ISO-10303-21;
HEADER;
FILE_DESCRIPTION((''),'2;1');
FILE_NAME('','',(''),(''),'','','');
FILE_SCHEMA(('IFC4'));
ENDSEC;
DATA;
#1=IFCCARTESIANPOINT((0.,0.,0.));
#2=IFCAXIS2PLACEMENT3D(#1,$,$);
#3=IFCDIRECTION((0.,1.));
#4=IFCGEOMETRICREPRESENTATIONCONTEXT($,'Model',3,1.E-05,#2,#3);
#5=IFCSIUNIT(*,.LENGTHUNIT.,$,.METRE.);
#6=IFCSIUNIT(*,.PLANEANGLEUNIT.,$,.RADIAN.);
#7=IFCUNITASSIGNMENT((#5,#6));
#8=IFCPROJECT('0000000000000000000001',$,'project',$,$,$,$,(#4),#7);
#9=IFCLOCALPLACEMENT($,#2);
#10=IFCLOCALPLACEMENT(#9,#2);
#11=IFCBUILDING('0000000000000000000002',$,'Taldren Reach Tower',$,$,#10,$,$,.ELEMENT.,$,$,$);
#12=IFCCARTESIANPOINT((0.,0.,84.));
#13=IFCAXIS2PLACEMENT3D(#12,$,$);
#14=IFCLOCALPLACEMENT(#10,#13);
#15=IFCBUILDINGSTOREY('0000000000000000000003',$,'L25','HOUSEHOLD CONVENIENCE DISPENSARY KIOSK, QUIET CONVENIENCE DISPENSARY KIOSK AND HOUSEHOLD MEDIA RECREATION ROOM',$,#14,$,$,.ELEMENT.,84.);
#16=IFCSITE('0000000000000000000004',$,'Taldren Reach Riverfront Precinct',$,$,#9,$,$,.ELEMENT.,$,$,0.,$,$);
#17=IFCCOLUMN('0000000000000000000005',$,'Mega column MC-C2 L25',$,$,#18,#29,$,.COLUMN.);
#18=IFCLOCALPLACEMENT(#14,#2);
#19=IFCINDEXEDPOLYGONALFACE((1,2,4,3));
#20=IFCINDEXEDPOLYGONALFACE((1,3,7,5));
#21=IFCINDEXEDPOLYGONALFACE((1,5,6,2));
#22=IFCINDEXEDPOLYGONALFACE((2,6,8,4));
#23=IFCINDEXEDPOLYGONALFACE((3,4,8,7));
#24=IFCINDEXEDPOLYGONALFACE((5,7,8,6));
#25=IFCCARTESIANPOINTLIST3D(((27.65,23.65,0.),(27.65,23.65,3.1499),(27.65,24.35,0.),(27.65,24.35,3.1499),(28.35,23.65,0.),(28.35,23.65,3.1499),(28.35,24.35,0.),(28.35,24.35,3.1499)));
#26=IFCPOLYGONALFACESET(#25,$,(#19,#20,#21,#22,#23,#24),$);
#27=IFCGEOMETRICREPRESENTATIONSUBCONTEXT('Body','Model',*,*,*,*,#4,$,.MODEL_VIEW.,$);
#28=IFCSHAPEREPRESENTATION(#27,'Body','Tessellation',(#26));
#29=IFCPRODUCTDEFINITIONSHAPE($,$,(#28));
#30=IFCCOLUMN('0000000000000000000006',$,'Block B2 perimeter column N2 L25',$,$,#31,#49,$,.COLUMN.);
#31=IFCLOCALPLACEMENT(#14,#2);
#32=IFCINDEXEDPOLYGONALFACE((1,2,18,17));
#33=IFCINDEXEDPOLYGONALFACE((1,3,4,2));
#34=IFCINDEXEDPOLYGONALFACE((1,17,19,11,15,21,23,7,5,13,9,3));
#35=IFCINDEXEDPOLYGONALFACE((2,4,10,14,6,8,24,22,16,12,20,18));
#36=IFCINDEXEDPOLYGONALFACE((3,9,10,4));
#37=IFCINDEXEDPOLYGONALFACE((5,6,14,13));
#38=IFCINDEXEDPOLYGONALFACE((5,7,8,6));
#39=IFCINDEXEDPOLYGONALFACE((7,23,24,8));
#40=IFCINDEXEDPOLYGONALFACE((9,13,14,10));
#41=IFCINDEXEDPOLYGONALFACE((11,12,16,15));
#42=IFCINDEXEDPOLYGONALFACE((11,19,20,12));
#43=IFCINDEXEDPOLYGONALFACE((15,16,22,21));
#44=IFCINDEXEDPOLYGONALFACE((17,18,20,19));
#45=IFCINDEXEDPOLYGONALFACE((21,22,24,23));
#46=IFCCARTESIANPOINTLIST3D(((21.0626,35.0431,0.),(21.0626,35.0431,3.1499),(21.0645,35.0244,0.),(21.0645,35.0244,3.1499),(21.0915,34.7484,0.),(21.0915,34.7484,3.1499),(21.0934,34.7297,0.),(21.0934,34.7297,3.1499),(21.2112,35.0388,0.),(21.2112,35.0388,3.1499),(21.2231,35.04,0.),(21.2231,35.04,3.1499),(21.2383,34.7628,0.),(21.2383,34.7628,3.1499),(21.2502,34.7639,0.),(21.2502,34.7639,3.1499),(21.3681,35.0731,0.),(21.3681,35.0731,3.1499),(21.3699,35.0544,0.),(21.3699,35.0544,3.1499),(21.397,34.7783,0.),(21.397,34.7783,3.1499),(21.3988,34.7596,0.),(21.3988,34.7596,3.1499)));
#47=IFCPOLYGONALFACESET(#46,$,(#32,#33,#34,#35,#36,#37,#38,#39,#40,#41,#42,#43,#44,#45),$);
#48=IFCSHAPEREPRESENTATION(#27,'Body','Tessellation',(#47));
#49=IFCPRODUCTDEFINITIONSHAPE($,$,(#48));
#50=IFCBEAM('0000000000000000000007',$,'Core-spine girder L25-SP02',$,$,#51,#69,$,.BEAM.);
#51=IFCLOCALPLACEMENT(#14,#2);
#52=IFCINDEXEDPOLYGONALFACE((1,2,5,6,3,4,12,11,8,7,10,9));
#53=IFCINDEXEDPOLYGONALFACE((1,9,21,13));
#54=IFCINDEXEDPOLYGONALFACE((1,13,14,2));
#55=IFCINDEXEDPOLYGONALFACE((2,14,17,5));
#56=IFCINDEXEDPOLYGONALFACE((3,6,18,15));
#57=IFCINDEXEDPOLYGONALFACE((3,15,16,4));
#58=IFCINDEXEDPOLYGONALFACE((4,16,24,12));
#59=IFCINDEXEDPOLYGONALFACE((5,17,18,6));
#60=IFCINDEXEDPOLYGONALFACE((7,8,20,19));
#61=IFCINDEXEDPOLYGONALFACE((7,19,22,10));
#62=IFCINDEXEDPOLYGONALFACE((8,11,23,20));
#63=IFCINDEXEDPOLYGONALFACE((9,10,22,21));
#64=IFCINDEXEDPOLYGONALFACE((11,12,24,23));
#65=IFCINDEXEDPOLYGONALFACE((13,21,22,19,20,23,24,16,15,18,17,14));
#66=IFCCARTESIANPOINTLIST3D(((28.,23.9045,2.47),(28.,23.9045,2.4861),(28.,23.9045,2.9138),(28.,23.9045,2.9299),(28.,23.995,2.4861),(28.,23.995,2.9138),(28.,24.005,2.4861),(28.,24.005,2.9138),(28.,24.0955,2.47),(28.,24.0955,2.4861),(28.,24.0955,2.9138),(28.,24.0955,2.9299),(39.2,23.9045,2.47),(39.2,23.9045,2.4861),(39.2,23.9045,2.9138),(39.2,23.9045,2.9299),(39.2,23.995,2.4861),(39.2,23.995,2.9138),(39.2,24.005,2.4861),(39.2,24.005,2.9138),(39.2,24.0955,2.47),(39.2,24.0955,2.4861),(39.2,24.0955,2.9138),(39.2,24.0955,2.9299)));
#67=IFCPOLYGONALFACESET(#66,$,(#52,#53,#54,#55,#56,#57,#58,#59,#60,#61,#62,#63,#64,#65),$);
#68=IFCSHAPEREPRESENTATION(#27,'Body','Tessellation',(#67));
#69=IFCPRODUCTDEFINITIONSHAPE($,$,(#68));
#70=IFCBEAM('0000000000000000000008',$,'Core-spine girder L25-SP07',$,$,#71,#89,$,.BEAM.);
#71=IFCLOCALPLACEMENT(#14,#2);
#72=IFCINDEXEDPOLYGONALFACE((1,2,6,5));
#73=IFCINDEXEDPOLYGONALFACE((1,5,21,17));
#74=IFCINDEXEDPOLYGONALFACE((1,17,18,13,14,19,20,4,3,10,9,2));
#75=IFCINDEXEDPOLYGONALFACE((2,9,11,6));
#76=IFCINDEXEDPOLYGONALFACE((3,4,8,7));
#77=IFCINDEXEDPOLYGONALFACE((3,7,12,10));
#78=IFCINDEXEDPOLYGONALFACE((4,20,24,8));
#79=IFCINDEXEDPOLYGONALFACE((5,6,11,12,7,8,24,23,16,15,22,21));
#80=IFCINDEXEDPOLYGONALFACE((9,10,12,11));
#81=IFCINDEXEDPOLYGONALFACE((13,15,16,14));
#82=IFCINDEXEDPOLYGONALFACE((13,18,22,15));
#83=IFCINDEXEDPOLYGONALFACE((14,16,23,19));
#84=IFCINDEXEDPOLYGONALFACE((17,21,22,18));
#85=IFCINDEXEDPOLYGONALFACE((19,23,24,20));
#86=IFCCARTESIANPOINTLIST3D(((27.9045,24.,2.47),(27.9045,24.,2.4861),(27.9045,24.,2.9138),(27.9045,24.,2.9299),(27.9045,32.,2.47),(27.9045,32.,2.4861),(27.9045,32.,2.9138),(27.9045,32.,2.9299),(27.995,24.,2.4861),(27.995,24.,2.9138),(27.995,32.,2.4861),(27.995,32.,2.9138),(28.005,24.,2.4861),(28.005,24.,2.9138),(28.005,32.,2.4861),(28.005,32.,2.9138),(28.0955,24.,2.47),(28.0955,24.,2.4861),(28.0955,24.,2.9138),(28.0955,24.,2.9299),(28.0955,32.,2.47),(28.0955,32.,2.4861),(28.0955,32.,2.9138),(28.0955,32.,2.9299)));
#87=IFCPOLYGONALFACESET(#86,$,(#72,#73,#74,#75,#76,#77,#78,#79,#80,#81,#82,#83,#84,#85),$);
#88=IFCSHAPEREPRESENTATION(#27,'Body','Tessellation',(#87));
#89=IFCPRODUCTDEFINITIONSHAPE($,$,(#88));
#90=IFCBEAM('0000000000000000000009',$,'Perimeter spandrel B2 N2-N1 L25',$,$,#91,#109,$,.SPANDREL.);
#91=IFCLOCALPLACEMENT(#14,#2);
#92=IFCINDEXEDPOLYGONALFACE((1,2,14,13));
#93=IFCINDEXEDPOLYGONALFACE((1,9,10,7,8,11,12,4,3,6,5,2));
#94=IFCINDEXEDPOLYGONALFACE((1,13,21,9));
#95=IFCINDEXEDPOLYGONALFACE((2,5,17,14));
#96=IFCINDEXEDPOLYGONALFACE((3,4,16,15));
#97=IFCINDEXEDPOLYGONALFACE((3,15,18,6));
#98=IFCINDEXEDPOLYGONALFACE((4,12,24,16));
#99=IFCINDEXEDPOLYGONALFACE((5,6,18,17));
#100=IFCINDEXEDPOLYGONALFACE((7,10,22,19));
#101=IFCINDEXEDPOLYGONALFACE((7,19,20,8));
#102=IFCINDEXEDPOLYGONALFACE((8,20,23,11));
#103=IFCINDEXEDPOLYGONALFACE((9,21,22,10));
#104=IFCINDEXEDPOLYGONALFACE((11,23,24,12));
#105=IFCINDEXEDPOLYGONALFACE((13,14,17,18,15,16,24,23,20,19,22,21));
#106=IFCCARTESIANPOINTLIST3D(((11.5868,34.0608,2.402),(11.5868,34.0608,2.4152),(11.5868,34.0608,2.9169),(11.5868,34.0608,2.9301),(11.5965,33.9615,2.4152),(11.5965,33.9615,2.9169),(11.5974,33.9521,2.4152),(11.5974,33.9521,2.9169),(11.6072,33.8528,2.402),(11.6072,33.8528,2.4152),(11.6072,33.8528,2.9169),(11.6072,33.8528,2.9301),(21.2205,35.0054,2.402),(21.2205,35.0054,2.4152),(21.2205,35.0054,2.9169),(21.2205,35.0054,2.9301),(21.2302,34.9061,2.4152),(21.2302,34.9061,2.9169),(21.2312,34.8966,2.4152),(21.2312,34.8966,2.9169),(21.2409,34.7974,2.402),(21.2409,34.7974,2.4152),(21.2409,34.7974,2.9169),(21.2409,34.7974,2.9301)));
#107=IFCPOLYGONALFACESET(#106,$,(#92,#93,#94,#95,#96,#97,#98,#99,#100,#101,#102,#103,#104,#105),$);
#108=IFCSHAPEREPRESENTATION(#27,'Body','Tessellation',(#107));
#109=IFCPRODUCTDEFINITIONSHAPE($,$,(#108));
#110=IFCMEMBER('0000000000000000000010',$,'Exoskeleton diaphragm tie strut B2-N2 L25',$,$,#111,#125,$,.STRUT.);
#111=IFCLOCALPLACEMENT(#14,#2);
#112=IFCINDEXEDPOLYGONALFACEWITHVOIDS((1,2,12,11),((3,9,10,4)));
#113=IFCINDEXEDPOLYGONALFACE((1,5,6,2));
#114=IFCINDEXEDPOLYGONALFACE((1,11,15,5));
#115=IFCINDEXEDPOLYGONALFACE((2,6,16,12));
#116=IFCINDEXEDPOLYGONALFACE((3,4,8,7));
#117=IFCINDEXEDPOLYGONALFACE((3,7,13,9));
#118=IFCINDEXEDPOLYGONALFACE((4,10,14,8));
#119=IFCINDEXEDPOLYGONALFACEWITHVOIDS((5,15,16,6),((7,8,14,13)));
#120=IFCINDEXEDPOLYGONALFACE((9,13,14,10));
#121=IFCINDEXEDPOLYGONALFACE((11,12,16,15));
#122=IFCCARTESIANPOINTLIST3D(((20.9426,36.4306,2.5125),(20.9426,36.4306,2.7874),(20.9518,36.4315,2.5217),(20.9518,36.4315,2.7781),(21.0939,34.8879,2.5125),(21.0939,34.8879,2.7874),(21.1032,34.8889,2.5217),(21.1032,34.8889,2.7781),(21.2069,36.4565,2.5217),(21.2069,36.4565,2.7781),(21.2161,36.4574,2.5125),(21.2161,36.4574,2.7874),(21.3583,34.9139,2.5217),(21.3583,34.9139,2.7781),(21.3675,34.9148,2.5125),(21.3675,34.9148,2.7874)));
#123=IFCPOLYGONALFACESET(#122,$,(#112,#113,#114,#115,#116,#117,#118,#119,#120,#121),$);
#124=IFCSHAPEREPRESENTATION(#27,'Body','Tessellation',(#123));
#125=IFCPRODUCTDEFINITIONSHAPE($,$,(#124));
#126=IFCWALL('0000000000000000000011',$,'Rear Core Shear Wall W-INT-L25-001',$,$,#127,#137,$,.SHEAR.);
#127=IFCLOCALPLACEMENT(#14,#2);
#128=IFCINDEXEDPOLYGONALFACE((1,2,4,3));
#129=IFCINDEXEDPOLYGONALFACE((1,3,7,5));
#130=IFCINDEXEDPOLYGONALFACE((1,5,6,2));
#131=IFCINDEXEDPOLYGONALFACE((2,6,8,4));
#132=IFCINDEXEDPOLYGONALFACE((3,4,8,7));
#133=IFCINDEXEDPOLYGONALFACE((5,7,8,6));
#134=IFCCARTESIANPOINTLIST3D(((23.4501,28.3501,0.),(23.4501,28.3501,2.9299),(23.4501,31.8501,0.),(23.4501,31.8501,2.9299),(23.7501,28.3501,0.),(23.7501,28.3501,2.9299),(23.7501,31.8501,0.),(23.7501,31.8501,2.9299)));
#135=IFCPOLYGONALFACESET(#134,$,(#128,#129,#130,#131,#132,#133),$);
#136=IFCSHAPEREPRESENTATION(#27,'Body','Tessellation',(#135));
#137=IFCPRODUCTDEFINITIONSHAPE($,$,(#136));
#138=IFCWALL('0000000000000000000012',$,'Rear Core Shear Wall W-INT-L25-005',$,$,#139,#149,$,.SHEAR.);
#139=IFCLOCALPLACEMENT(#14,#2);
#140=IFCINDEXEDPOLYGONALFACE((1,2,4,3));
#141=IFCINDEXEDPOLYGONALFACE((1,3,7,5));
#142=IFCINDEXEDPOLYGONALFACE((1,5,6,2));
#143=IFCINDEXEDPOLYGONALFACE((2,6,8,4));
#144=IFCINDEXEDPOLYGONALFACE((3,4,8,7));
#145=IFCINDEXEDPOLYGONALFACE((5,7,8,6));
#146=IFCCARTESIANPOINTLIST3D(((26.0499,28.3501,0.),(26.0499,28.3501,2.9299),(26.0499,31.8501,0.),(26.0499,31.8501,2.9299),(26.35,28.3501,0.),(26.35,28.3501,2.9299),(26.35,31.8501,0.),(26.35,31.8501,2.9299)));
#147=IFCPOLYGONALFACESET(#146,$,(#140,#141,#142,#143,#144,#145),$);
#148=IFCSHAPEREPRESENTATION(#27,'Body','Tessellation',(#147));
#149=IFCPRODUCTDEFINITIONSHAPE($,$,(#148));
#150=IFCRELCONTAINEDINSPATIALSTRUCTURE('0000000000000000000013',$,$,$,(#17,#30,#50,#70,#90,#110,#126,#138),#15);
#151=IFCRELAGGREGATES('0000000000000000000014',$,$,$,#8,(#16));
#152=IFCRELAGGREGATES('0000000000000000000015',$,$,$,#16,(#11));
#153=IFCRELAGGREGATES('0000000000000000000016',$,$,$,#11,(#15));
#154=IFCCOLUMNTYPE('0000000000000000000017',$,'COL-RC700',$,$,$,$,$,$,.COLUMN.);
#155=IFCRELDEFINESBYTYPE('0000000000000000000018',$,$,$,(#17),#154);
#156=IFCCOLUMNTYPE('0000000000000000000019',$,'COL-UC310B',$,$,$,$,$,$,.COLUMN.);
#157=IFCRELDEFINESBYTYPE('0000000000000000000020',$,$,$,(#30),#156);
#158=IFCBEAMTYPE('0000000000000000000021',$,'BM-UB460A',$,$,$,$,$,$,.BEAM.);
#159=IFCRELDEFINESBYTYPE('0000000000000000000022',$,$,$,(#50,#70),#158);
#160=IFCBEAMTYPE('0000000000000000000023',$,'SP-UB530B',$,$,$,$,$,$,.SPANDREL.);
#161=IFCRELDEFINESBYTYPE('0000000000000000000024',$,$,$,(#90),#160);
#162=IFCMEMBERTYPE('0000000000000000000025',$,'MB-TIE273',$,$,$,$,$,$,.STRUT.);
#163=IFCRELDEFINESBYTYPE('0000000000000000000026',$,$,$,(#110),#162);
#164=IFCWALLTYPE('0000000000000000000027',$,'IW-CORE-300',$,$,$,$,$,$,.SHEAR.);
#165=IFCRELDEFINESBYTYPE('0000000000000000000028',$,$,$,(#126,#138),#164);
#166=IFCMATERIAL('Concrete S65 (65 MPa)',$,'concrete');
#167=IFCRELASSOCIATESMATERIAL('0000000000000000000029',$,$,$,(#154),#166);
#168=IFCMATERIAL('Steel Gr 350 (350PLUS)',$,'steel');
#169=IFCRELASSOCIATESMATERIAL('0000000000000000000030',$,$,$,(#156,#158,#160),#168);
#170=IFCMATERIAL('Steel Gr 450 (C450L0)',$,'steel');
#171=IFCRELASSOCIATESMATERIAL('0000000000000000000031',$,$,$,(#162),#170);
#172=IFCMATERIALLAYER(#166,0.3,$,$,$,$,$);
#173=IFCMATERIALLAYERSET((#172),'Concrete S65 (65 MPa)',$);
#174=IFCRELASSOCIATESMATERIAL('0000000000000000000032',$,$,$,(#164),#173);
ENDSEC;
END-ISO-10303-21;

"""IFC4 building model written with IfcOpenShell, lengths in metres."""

from ifc_helpers import new_model, si_unit, direction, frame, frame_2d, origin, origin_2d, place, context, subcontext, project, spatial, rectangle, hollow_rectangle, i_section, extrude, source, transform, mapped, material, layer, layer_set, material_profile, profile_set, type_object, element, save


model = new_model("IFC4")

# Units and contexts
model_context = context("Model", 3, precision=1e-05, world=origin(), true_north=direction((0.0, 1.0)))
body_context = subcontext(model_context, "Body", "Model", "MODEL_VIEW")
ifc_project = project(units=[si_unit("LENGTHUNIT", "METRE"), si_unit("PLANEANGLEUNIT", "RADIAN")], contexts=[model_context])

# Site, building, storey
site_placement = place(None, origin())
site = spatial("IfcSite", under=ifc_project, at=site_placement, Name="Taldren Reach Riverfront Precinct", CompositionType="ELEMENT", RefElevation=0.0)
building_placement = place(site_placement, origin())
building = spatial("IfcBuilding", under=site, at=building_placement, Name="Taldren Reach Tower", CompositionType="ELEMENT")
storey_placement = place(building_placement, frame((0.0, 0.0, 84.0)))
storey = spatial("IfcBuildingStorey", under=building, at=storey_placement, Name="L25", Description="HOUSEHOLD CONVENIENCE DISPENSARY KIOSK, QUIET CONVENIENCE DISPENSARY KIOSK AND HOUSEHOLD MEDIA RECREATION ROOM", CompositionType="ELEMENT", Elevation=84.0)

# Columns
ifc_material_1 = material(Name="Concrete S65 (65 MPa)", Category="concrete")
ifc_material_profile_1 = material_profile(ifc_material_1, rectangle(XDim=0.7, YDim=0.7, at=origin_2d()), Name="RC-700x700")
ifc_profile_set_1 = profile_set([ifc_material_profile_1], Name="Concrete S65 (65 MPa)")
column_type_1 = type_object("IfcColumnType", Name="COL-RC700", PredefinedType="COLUMN", material=ifc_profile_set_1)
shared_shape_1 = source(origin(), body_context, "Body", "SweptSolid", [
    extrude(rectangle(XDim=0.7, YDim=0.7, at=origin_2d()), origin(), (0.0, 0.0, 1.0), 3.1499),
])
column_1_placement = place(storey_placement, frame((28.0, 24.0, 0.0), z_axis=(0.0, 0.0, 1.0), x_axis=(1.0, 0.0, 0.0)))
element("IfcColumn", 1, at=column_1_placement, inside=storey, type_object=column_type_1, Name="Mega column MC-C2 L25", PredefinedType="COLUMN", context=body_context, shape_type="MappedRepresentation", body=[
    mapped(shared_shape_1, transform((0.0, 0.0, 0.0), scale=1.0)),
])
ifc_material_2 = material(Name="Steel Gr 350 (350PLUS)", Category="steel")
ifc_material_profile_2 = material_profile(ifc_material_2, i_section(OverallWidth=0.3069, OverallDepth=0.3149, WebThickness=0.012, FlangeThickness=0.0188, at=origin_2d()), Name="310UC118")
ifc_profile_set_2 = profile_set([ifc_material_profile_2], Name="Steel Gr 350 (350PLUS)")
column_type_2 = type_object("IfcColumnType", Name="COL-UC310B", PredefinedType="COLUMN", material=ifc_profile_set_2)
shared_shape_2 = source(origin(), body_context, "Body", "SweptSolid", [
    extrude(i_section(OverallWidth=0.3069, OverallDepth=0.3149, WebThickness=0.012, FlangeThickness=0.0188, at=origin_2d()), origin(), (0.0, 0.0, 1.0), 3.1499),
])
column_2_placement = place(storey_placement, frame((21.2307, 34.9014, 0.0), z_axis=(0.0, 0.0, 1.0), x_axis=(0.995227, 0.097583, 0.0)))
element("IfcColumn", 2, at=column_2_placement, inside=storey, type_object=column_type_2, Name="Block B2 perimeter column N2 L25", PredefinedType="COLUMN", context=body_context, shape_type="MappedRepresentation", body=[
    mapped(shared_shape_2, transform((0.0, 0.0, 0.0), scale=1.0)),
])

# Beams
ifc_material_profile_3 = material_profile(ifc_material_2, i_section(OverallWidth=0.1909, OverallDepth=0.46, WebThickness=0.01, FlangeThickness=0.0161, at=origin_2d()), Name="460UB82.1")
ifc_profile_set_3 = profile_set([ifc_material_profile_3], Name="Steel Gr 350 (350PLUS)")
beam_type_1 = type_object("IfcBeamType", Name="BM-UB460A", PredefinedType="BEAM", material=ifc_profile_set_3)
shared_shape_3 = source(origin(), body_context, "Body", "SweptSolid", [
    extrude(i_section(OverallWidth=0.1909, OverallDepth=0.46, WebThickness=0.01, FlangeThickness=0.0161, at=origin_2d()), origin(), (0.0, 0.0, 1.0), 11.2),
])
beam_1_placement = place(storey_placement, frame((28.0, 24.0, 2.7), z_axis=(1.0, 0.0, 0.0), x_axis=(0.0, 1.0, 0.0)))
element("IfcBeam", 3, at=beam_1_placement, inside=storey, type_object=beam_type_1, Name="Core-spine girder L25-SP02", PredefinedType="BEAM", context=body_context, shape_type="MappedRepresentation", body=[
    mapped(shared_shape_3, transform((0.0, 0.0, 0.0), scale=1.0)),
])
shared_shape_4 = source(origin(), body_context, "Body", "SweptSolid", [
    extrude(i_section(OverallWidth=0.1909, OverallDepth=0.46, WebThickness=0.01, FlangeThickness=0.0161, at=origin_2d()), origin(), (0.0, 0.0, 1.0), 8.0),
])
beam_2_placement = place(storey_placement, frame((28.0, 24.0, 2.7), z_axis=(0.0, 1.0, 0.0), x_axis=(-1.0, 0.0, 0.0)))
element("IfcBeam", 4, at=beam_2_placement, inside=storey, type_object=beam_type_1, Name="Core-spine girder L25-SP07", PredefinedType="BEAM", context=body_context, shape_type="MappedRepresentation", body=[
    mapped(shared_shape_4, transform((0.0, 0.0, 0.0), scale=1.0)),
])
ifc_material_profile_4 = material_profile(ifc_material_2, i_section(OverallWidth=0.209, OverallDepth=0.5281, WebThickness=0.0095, FlangeThickness=0.0132, at=origin_2d()), Name="530UB82.0")
ifc_profile_set_4 = profile_set([ifc_material_profile_4], Name="Steel Gr 350 (350PLUS)")
beam_type_2 = type_object("IfcBeamType", Name="SP-UB530B", PredefinedType="SPANDREL", material=ifc_profile_set_4)
shared_shape_5 = source(origin(), body_context, "Body", "SweptSolid", [
    extrude(i_section(OverallWidth=0.209, OverallDepth=0.5281, WebThickness=0.0095, FlangeThickness=0.0132, at=origin_2d()), origin(), (0.0, 0.0, 1.0), 9.6799),
])
beam_3_placement = place(storey_placement, frame((21.2307, 34.9014, 2.666), z_axis=(-0.995228, -0.097581, 0.0), x_axis=(0.097581, -0.995228, 0.0)))
element("IfcBeam", 5, at=beam_3_placement, inside=storey, type_object=beam_type_2, Name="Perimeter spandrel B2 N2-N1 L25", PredefinedType="SPANDREL", context=body_context, shape_type="MappedRepresentation", body=[
    mapped(shared_shape_5, transform((0.0, 0.0, 0.0), scale=1.0)),
])

# Member
ifc_material_3 = material(Name="Steel Gr 450 (C450L0)", Category="steel")
ifc_material_profile_5 = material_profile(ifc_material_3, hollow_rectangle(XDim=0.2749, YDim=0.2749, WallThickness=0.0093, at=origin_2d()), Name="275x275x9.3SHS")
ifc_profile_set_5 = profile_set([ifc_material_profile_5], Name="Steel Gr 450 (C450L0)")
member_type = type_object("IfcMemberType", Name="MB-TIE273", PredefinedType="STRUT", material=ifc_profile_set_5)
shared_shape_6 = source(origin(), body_context, "Body", "SweptSolid", [
    extrude(hollow_rectangle(XDim=0.2749, YDim=0.2749, WallThickness=0.0093, at=origin_2d()), origin(), (0.0, 0.0, 1.0), 1.55),
])
member_placement = place(storey_placement, frame((21.2307, 34.9014, 2.6499), z_axis=(-0.097648, 0.995221, 0.0), x_axis=(-0.995221, -0.097648, 0.0)))
element("IfcMember", 6, at=member_placement, inside=storey, type_object=member_type, Name="Exoskeleton diaphragm tie strut B2-N2 L25", PredefinedType="STRUT", context=body_context, shape_type="MappedRepresentation", body=[
    mapped(shared_shape_6, transform((0.0, 0.0, 0.0), scale=1.0)),
])

# Walls
ifc_layer_1 = layer(ifc_material_1, 0.3)
ifc_layer_set_1 = layer_set([ifc_layer_1], Name="Concrete S65 (65 MPa)")
wall_type_1 = type_object("IfcWallType", Name="IW-CORE-300", PredefinedType="SHEAR", material=ifc_layer_set_1)
shared_shape_7 = source(origin(), body_context, "Body", "SweptSolid", [
    extrude(rectangle(XDim=3.5, YDim=0.3, at=frame_2d((1.75, 0.0))), origin(), (0.0, 0.0, 1.0), 2.9299),
])
for number, where, z_axis, x_axis, name in (
    (7, (23.6001, 28.3501, 0.0), (0.0, 0.0, 1.0), (0.0, 1.0, 0.0), "Rear Core Shear Wall W-INT-L25-001"),
    (8, (26.2, 28.3501, 0.0), (0.0, 0.0, 1.0), (0.0, 1.0, 0.0), "Rear Core Shear Wall W-INT-L25-005"),
):
    element("IfcWall", number, at=place(storey_placement, frame(where, z_axis=z_axis, x_axis=x_axis)), inside=storey, type_object=wall_type_1, Name=name, PredefinedType="SHEAR", context=body_context, shape_type="MappedRepresentation", body=[
        mapped(shared_shape_7, transform((0.0, 0.0, 0.0), scale=1.0)),
    ])

save(model, "model.ifc")
